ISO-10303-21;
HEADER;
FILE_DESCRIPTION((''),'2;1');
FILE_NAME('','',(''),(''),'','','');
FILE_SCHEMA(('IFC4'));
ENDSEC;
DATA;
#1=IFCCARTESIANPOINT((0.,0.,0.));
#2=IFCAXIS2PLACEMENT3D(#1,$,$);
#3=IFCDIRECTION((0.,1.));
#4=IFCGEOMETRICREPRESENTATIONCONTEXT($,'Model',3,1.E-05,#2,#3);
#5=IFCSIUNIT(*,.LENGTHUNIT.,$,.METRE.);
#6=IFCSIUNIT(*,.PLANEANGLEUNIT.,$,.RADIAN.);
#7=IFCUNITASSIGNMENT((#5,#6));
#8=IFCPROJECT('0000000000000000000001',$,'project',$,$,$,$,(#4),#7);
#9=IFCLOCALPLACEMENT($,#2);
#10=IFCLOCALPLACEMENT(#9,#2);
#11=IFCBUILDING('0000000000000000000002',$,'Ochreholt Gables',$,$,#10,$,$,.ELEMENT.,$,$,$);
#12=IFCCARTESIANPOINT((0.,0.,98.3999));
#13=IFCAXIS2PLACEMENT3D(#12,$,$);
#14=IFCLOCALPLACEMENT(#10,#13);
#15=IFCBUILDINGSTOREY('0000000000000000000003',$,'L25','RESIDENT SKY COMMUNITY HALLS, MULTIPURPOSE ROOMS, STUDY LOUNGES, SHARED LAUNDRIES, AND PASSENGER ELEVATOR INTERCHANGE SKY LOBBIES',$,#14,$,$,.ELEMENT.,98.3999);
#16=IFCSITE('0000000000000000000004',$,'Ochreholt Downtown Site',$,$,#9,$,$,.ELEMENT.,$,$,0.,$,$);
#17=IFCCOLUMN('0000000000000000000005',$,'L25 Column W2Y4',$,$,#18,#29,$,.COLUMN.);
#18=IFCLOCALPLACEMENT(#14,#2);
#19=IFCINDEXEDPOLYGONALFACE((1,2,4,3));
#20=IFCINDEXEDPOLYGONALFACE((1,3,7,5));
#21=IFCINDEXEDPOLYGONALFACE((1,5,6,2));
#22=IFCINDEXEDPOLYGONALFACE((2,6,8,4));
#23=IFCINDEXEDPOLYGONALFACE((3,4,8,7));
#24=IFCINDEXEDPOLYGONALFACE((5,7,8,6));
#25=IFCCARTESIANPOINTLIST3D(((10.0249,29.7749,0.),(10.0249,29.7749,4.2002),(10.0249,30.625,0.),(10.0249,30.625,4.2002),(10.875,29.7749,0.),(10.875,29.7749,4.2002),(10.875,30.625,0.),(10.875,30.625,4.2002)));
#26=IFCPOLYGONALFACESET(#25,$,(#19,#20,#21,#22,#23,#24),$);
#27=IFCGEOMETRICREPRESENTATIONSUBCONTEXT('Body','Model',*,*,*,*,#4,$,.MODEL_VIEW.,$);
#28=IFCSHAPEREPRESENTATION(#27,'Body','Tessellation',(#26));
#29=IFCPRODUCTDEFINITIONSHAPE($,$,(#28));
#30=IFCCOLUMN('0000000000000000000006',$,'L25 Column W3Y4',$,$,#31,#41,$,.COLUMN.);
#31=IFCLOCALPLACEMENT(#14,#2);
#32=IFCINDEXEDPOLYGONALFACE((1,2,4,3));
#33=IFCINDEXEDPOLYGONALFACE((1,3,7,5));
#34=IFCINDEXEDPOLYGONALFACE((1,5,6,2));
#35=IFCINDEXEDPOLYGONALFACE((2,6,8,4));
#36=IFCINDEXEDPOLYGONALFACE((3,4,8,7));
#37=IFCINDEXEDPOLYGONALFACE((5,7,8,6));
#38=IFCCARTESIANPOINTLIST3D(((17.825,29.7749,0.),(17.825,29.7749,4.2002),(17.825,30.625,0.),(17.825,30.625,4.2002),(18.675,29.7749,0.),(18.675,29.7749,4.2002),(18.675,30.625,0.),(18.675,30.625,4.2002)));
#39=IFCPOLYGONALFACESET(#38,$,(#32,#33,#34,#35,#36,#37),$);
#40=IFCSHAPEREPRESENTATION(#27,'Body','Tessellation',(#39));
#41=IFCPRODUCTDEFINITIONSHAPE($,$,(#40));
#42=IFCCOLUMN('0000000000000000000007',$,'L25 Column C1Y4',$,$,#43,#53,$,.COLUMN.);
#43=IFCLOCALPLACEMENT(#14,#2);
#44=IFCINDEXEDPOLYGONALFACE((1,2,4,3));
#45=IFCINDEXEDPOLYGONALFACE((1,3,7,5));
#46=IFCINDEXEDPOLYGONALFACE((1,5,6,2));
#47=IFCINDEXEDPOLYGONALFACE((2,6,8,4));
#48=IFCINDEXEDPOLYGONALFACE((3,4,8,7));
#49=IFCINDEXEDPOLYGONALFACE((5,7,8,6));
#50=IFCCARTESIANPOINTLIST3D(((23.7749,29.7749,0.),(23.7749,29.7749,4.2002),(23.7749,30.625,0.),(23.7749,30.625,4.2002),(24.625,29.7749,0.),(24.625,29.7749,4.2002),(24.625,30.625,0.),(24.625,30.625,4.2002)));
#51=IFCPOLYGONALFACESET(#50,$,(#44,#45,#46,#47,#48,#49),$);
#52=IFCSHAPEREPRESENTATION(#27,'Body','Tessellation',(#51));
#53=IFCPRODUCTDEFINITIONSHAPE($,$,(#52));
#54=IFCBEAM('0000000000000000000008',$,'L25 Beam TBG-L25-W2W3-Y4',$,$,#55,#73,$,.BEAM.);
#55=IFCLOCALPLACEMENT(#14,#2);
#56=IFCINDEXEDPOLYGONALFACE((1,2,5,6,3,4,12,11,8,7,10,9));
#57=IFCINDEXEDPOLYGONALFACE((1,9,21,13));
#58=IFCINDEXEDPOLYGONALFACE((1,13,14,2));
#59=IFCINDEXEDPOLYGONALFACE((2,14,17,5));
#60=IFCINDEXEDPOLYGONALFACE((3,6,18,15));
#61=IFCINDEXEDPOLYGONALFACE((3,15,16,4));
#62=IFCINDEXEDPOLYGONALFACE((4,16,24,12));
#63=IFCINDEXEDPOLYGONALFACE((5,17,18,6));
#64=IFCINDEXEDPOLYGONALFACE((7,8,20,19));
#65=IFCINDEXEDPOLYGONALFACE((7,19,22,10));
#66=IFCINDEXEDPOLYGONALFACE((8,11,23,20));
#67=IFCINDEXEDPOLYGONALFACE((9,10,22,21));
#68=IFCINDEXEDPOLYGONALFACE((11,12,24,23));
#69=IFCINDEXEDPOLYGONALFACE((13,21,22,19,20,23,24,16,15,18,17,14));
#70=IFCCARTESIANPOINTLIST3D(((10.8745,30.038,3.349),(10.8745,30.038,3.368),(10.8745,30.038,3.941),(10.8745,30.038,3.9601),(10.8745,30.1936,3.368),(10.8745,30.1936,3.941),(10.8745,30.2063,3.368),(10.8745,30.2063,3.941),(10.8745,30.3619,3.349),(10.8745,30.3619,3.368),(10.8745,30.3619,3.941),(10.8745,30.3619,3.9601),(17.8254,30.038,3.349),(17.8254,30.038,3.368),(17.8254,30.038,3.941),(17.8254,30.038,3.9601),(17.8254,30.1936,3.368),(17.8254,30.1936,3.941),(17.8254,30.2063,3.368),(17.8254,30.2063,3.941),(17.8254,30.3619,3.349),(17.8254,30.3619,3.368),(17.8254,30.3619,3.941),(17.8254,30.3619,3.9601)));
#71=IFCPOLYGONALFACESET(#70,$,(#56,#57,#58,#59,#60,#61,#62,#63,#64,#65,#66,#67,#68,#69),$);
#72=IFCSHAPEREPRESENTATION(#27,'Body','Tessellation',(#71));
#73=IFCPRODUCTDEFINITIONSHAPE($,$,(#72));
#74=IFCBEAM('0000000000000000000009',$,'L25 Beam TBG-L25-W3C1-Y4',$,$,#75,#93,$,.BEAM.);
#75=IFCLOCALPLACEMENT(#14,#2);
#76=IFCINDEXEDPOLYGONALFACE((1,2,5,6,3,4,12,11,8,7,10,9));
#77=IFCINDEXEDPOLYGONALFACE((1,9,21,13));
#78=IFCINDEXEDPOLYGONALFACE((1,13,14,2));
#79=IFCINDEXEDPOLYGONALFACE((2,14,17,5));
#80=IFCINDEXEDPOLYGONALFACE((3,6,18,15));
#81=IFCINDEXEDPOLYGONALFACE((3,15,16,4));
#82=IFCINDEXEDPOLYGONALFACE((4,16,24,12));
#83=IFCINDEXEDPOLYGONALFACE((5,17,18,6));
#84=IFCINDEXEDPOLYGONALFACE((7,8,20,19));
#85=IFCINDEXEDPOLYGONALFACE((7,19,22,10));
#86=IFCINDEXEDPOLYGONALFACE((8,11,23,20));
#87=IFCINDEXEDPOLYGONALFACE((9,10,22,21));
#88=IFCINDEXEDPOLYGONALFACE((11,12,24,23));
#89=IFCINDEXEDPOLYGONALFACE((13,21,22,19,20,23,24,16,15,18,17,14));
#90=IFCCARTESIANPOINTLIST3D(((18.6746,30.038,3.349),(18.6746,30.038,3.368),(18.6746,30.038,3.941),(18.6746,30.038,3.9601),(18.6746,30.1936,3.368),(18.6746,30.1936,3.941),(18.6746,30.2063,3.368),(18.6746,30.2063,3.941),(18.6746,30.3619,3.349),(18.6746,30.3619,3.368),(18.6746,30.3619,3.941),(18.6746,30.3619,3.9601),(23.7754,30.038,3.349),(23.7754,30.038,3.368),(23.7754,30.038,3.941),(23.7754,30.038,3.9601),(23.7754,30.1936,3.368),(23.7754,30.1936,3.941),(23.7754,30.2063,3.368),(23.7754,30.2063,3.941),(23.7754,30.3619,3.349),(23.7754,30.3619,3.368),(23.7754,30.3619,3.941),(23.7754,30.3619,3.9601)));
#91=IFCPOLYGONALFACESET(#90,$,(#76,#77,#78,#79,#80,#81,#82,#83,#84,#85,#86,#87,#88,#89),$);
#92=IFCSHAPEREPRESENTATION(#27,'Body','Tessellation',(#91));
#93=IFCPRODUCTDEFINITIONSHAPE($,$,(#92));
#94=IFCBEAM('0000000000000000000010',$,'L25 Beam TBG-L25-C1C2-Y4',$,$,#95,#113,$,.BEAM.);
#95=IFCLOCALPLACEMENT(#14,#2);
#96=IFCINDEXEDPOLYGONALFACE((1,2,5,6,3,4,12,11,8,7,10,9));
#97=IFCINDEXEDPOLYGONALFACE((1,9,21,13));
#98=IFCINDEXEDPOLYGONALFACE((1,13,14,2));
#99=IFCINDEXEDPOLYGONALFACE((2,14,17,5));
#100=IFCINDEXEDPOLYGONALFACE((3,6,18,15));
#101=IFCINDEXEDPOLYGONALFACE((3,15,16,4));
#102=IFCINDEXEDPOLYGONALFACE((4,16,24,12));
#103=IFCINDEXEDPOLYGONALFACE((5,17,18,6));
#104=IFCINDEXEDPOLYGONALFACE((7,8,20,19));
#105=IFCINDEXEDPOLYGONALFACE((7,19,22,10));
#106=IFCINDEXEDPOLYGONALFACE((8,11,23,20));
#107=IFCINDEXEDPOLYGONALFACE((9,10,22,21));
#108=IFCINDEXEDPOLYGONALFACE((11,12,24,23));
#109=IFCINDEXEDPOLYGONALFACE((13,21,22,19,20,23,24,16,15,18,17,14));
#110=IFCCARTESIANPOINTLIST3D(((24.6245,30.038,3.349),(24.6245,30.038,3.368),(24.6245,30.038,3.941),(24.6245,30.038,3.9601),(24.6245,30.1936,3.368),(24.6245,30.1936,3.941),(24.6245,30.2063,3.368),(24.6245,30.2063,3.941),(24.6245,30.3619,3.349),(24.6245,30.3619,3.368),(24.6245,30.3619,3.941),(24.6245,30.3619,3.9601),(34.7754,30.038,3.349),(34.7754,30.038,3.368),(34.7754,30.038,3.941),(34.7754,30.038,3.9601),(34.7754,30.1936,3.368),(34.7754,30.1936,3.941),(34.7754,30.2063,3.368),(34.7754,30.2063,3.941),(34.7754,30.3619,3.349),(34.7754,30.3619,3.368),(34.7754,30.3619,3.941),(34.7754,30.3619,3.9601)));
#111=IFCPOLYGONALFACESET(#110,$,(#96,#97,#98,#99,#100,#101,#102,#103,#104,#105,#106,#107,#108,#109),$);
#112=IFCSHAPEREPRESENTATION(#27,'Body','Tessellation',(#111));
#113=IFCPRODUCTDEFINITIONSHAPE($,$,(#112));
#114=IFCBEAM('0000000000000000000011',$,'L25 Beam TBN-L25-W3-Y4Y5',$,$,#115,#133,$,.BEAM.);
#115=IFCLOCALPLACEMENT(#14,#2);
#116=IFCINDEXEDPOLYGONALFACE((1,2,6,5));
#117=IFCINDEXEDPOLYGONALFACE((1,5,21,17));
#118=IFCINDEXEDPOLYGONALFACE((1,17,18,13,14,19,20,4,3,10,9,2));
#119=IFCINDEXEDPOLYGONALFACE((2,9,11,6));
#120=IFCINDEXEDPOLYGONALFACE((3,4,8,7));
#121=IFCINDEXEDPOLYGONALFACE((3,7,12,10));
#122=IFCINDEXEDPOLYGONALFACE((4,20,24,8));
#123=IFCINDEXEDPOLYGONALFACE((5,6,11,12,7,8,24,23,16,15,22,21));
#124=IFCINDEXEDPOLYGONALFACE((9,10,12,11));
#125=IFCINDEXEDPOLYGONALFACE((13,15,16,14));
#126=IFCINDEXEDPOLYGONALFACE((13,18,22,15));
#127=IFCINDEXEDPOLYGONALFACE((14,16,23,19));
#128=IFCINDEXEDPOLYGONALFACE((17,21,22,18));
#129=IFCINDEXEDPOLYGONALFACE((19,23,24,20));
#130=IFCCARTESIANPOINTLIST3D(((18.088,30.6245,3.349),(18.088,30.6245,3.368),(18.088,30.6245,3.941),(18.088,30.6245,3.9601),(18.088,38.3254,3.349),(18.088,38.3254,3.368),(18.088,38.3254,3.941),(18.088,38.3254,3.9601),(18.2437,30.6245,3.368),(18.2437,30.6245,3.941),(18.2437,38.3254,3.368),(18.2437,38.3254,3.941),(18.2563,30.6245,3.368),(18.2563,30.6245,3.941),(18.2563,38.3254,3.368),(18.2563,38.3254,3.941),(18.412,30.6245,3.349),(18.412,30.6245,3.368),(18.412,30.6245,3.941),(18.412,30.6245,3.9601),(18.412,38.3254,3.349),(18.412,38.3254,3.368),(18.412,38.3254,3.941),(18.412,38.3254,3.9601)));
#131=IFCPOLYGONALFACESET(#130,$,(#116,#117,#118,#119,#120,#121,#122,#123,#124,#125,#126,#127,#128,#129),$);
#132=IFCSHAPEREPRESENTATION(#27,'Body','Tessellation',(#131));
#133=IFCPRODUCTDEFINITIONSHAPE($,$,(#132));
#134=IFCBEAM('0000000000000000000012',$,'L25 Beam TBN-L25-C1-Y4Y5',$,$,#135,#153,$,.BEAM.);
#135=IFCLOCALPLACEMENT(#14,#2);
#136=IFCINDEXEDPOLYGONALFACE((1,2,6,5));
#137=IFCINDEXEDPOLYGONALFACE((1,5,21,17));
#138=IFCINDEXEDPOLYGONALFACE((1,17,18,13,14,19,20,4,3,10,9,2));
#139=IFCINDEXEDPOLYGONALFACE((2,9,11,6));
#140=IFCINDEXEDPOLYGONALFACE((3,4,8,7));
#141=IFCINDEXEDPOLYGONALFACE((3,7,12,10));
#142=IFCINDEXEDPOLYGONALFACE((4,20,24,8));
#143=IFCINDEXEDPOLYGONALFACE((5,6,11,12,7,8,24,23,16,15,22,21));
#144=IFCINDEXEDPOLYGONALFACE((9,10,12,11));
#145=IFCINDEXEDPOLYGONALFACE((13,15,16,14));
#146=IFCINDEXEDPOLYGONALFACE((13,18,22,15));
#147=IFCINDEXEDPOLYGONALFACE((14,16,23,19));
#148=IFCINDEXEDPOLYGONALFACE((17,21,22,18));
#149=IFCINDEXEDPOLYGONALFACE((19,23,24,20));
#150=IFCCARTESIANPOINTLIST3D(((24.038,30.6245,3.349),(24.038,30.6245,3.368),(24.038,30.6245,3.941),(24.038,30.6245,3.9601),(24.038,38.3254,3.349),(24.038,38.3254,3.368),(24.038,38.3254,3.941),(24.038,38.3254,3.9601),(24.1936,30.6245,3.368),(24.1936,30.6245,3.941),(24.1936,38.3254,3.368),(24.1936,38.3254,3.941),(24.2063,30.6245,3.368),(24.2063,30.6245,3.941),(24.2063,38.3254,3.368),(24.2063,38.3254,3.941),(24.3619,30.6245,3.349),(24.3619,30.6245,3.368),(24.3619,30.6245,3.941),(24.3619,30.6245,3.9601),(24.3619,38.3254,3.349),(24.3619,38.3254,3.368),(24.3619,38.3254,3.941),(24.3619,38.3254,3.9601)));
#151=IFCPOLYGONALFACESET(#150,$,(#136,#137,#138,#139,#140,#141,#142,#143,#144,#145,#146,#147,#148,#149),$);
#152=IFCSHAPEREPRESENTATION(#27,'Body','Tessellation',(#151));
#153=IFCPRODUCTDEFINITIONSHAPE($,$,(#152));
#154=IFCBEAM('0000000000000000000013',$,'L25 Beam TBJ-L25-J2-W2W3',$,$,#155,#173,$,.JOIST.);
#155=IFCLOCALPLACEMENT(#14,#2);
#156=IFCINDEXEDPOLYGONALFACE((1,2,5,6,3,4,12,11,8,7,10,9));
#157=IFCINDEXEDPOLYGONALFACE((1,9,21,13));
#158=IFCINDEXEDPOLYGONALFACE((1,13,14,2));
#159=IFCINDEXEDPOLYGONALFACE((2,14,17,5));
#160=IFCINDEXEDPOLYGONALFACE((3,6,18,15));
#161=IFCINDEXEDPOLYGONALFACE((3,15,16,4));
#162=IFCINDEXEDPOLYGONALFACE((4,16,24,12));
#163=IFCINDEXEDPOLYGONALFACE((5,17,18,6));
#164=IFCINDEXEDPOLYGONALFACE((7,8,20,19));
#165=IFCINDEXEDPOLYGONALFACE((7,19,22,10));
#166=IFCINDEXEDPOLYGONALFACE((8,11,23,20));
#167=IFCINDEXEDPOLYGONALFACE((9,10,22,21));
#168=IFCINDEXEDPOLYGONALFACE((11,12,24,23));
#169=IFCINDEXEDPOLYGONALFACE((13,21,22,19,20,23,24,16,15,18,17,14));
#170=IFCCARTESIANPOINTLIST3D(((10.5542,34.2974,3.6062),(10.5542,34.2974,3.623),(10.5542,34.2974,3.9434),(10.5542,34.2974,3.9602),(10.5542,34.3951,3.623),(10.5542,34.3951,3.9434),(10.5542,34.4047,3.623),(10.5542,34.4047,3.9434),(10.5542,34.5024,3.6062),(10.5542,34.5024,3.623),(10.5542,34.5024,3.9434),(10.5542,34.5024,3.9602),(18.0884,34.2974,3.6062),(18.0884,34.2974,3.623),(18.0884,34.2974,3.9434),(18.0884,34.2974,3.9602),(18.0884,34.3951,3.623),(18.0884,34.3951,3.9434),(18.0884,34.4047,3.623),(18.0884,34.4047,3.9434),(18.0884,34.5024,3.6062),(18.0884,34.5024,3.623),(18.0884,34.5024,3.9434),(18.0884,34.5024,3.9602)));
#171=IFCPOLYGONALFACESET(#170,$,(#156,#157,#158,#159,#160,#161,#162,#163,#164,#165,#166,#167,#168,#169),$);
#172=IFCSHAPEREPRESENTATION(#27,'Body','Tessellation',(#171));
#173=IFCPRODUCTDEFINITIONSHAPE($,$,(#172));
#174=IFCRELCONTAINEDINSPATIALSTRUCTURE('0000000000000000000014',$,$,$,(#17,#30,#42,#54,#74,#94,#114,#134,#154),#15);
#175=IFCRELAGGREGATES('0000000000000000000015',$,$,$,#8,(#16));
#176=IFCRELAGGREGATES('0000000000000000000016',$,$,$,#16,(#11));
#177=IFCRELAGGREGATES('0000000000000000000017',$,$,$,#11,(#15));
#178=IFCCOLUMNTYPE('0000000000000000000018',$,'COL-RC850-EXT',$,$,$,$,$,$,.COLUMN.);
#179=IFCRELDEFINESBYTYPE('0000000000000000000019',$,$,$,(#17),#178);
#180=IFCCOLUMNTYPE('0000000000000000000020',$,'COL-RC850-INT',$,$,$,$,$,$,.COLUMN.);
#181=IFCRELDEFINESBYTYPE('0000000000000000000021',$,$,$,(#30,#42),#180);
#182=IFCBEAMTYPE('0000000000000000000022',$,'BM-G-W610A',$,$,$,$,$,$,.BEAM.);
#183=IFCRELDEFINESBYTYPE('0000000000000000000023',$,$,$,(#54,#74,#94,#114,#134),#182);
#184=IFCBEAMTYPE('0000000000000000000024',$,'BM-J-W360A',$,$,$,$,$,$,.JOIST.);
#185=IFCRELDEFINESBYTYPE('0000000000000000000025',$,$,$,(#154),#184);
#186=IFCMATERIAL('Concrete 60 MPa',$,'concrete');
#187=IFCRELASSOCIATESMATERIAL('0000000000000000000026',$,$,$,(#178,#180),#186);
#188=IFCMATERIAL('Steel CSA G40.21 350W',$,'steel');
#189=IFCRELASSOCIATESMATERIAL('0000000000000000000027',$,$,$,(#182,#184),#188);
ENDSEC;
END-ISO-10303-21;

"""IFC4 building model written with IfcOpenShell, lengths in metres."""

from ifc_helpers import new_model, si_unit, direction, frame, origin, origin_2d, place, context, subcontext, project, spatial, rectangle, i_section, extrude, material, material_profile, profile_set, type_object, element, save


model = new_model("IFC4")

# Units and contexts
model_context = context("Model", 3, precision=1e-05, world=origin(), true_north=direction((0.0, 1.0)))
body_context = subcontext(model_context, "Body", "Model", "MODEL_VIEW")
ifc_project = project(units=[si_unit("LENGTHUNIT", "METRE"), si_unit("PLANEANGLEUNIT", "RADIAN")], contexts=[model_context])

# Site, building, storey
site_placement = place(None, origin())
site = spatial("IfcSite", under=ifc_project, at=site_placement, Name="Ochreholt Downtown Site", CompositionType="ELEMENT", RefElevation=0.0)
building_placement = place(site_placement, origin())
building = spatial("IfcBuilding", under=site, at=building_placement, Name="Ochreholt Gables", CompositionType="ELEMENT")
storey_placement = place(building_placement, frame((0.0, 0.0, 98.3999)))
storey = spatial("IfcBuildingStorey", under=building, at=storey_placement, Name="L25", Description="RESIDENT SKY COMMUNITY HALLS, MULTIPURPOSE ROOMS, STUDY LOUNGES, SHARED LAUNDRIES, AND PASSENGER ELEVATOR INTERCHANGE SKY LOBBIES", CompositionType="ELEMENT", Elevation=98.3999)

# Columns
ifc_material_1 = material(Name="Concrete 60 MPa", Category="concrete")
ifc_material_profile_1 = material_profile(ifc_material_1, rectangle(XDim=0.8501, YDim=0.8501, at=origin_2d()), Name="RC850X850")
ifc_profile_set_1 = profile_set([ifc_material_profile_1], Name="Concrete 60 MPa")
column_type_1 = type_object("IfcColumnType", Name="COL-RC850-EXT", PredefinedType="COLUMN", material=ifc_profile_set_1)
column_placement = place(storey_placement, frame((10.45, 30.2, 0.0), z_axis=(0.0, 0.0, 1.0), x_axis=(1.0, 0.0, 0.0)))
element("IfcColumn", 1, at=column_placement, inside=storey, type_object=column_type_1, Name="L25 Column W2Y4", PredefinedType="COLUMN", context=body_context, shape_type="SweptSolid", body=[
    extrude(rectangle(XDim=0.8501, YDim=0.8501, at=origin_2d()), origin(), (0.0, 0.0, 1.0), 4.2002),
])
ifc_material_profile_2 = material_profile(ifc_material_1, rectangle(XDim=0.8501, YDim=0.8501, at=origin_2d()), Name="RC850X850")
ifc_profile_set_2 = profile_set([ifc_material_profile_2], Name="Concrete 60 MPa")
column_type_2 = type_object("IfcColumnType", Name="COL-RC850-INT", PredefinedType="COLUMN", material=ifc_profile_set_2)
for number, where, z_axis, x_axis, name in (
    (2, (18.25, 30.2, 0.0), (0.0, 0.0, 1.0), (1.0, 0.0, 0.0), "L25 Column W3Y4"),
    (3, (24.2, 30.2, 0.0), (0.0, 0.0, 1.0), (1.0, 0.0, 0.0), "L25 Column C1Y4"),
):
    element("IfcColumn", number, at=place(storey_placement, frame(where, z_axis=z_axis, x_axis=x_axis)), inside=storey, type_object=column_type_2, Name=name, PredefinedType="COLUMN", context=body_context, shape_type="SweptSolid", body=[
        extrude(rectangle(XDim=0.8501, YDim=0.8501, at=origin_2d()), origin(), (0.0, 0.0, 1.0), 4.2002),
    ])

# Beams
ifc_material_2 = material(Name="Steel CSA G40.21 350W", Category="steel")
ifc_material_profile_3 = material_profile(ifc_material_2, i_section(OverallWidth=0.324, OverallDepth=0.6111, WebThickness=0.0127, FlangeThickness=0.019, at=origin_2d()), Name="W610X155")
ifc_profile_set_3 = profile_set([ifc_material_profile_3], Name="Steel CSA G40.21 350W")
beam_type_1 = type_object("IfcBeamType", Name="BM-G-W610A", PredefinedType="BEAM", material=ifc_profile_set_3)
beam_1_placement = place(storey_placement, frame((10.8745, 30.2, 3.6545), z_axis=(1.0, 0.0, 0.0), x_axis=(0.0, 1.0, 0.0)))
element("IfcBeam", 4, at=beam_1_placement, inside=storey, type_object=beam_type_1, Name="L25 Beam TBG-L25-W2W3-Y4", PredefinedType="BEAM", context=body_context, shape_type="SweptSolid", body=[
    extrude(i_section(OverallWidth=0.324, OverallDepth=0.6111, WebThickness=0.0127, FlangeThickness=0.019, at=origin_2d()), origin(), (0.0, 0.0, 1.0), 6.9509),
])
beam_2_placement = place(storey_placement, frame((18.6746, 30.2, 3.6545), z_axis=(1.0, 0.0, 0.0), x_axis=(0.0, 1.0, 0.0)))
element("IfcBeam", 5, at=beam_2_placement, inside=storey, type_object=beam_type_1, Name="L25 Beam TBG-L25-W3C1-Y4", PredefinedType="BEAM", context=body_context, shape_type="SweptSolid", body=[
    extrude(i_section(OverallWidth=0.324, OverallDepth=0.6111, WebThickness=0.0127, FlangeThickness=0.019, at=origin_2d()), origin(), (0.0, 0.0, 1.0), 5.1008),
])
beam_3_placement = place(storey_placement, frame((24.6245, 30.2, 3.6545), z_axis=(1.0, 0.0, 0.0), x_axis=(0.0, 1.0, 0.0)))
element("IfcBeam", 6, at=beam_3_placement, inside=storey, type_object=beam_type_1, Name="L25 Beam TBG-L25-C1C2-Y4", PredefinedType="BEAM", context=body_context, shape_type="SweptSolid", body=[
    extrude(i_section(OverallWidth=0.324, OverallDepth=0.6111, WebThickness=0.0127, FlangeThickness=0.019, at=origin_2d()), origin(), (0.0, 0.0, 1.0), 10.1509),
])
for number, where, z_axis, x_axis, name in (
    (7, (18.25, 30.6245, 3.6545), (0.0, 1.0, 0.0), (-1.0, 0.0, 0.0), "L25 Beam TBN-L25-W3-Y4Y5"),
    (8, (24.2, 30.6245, 3.6545), (0.0, 1.0, 0.0), (-1.0, 0.0, 0.0), "L25 Beam TBN-L25-C1-Y4Y5"),
):
    element("IfcBeam", number, at=place(storey_placement, frame(where, z_axis=z_axis, x_axis=x_axis)), inside=storey, type_object=beam_type_1, Name=name, PredefinedType="BEAM", context=body_context, shape_type="SweptSolid", body=[
        extrude(i_section(OverallWidth=0.324, OverallDepth=0.6111, WebThickness=0.0127, FlangeThickness=0.019, at=origin_2d()), origin(), (0.0, 0.0, 1.0), 7.7009),
    ])
ifc_material_profile_4 = material_profile(ifc_material_2, i_section(OverallWidth=0.2051, OverallDepth=0.354, WebThickness=0.0095, FlangeThickness=0.0168, at=origin_2d()), Name="W360X79")
ifc_profile_set_4 = profile_set([ifc_material_profile_4], Name="Steel CSA G40.21 350W")
beam_type_2 = type_object("IfcBeamType", Name="BM-J-W360A", PredefinedType="JOIST", material=ifc_profile_set_4)
beam_4_placement = place(storey_placement, frame((10.5542, 34.3999, 3.7832), z_axis=(1.0, 0.0, 0.0), x_axis=(0.0, 1.0, 0.0)))
element("IfcBeam", 9, at=beam_4_placement, inside=storey, type_object=beam_type_2, Name="L25 Beam TBJ-L25-J2-W2W3", PredefinedType="JOIST", context=body_context, shape_type="SweptSolid", body=[
    extrude(i_section(OverallWidth=0.2051, OverallDepth=0.354, WebThickness=0.0095, FlangeThickness=0.0168, at=origin_2d()), origin(), (0.0, 0.0, 1.0), 7.5342),
])

save(model, "model.ifc")
